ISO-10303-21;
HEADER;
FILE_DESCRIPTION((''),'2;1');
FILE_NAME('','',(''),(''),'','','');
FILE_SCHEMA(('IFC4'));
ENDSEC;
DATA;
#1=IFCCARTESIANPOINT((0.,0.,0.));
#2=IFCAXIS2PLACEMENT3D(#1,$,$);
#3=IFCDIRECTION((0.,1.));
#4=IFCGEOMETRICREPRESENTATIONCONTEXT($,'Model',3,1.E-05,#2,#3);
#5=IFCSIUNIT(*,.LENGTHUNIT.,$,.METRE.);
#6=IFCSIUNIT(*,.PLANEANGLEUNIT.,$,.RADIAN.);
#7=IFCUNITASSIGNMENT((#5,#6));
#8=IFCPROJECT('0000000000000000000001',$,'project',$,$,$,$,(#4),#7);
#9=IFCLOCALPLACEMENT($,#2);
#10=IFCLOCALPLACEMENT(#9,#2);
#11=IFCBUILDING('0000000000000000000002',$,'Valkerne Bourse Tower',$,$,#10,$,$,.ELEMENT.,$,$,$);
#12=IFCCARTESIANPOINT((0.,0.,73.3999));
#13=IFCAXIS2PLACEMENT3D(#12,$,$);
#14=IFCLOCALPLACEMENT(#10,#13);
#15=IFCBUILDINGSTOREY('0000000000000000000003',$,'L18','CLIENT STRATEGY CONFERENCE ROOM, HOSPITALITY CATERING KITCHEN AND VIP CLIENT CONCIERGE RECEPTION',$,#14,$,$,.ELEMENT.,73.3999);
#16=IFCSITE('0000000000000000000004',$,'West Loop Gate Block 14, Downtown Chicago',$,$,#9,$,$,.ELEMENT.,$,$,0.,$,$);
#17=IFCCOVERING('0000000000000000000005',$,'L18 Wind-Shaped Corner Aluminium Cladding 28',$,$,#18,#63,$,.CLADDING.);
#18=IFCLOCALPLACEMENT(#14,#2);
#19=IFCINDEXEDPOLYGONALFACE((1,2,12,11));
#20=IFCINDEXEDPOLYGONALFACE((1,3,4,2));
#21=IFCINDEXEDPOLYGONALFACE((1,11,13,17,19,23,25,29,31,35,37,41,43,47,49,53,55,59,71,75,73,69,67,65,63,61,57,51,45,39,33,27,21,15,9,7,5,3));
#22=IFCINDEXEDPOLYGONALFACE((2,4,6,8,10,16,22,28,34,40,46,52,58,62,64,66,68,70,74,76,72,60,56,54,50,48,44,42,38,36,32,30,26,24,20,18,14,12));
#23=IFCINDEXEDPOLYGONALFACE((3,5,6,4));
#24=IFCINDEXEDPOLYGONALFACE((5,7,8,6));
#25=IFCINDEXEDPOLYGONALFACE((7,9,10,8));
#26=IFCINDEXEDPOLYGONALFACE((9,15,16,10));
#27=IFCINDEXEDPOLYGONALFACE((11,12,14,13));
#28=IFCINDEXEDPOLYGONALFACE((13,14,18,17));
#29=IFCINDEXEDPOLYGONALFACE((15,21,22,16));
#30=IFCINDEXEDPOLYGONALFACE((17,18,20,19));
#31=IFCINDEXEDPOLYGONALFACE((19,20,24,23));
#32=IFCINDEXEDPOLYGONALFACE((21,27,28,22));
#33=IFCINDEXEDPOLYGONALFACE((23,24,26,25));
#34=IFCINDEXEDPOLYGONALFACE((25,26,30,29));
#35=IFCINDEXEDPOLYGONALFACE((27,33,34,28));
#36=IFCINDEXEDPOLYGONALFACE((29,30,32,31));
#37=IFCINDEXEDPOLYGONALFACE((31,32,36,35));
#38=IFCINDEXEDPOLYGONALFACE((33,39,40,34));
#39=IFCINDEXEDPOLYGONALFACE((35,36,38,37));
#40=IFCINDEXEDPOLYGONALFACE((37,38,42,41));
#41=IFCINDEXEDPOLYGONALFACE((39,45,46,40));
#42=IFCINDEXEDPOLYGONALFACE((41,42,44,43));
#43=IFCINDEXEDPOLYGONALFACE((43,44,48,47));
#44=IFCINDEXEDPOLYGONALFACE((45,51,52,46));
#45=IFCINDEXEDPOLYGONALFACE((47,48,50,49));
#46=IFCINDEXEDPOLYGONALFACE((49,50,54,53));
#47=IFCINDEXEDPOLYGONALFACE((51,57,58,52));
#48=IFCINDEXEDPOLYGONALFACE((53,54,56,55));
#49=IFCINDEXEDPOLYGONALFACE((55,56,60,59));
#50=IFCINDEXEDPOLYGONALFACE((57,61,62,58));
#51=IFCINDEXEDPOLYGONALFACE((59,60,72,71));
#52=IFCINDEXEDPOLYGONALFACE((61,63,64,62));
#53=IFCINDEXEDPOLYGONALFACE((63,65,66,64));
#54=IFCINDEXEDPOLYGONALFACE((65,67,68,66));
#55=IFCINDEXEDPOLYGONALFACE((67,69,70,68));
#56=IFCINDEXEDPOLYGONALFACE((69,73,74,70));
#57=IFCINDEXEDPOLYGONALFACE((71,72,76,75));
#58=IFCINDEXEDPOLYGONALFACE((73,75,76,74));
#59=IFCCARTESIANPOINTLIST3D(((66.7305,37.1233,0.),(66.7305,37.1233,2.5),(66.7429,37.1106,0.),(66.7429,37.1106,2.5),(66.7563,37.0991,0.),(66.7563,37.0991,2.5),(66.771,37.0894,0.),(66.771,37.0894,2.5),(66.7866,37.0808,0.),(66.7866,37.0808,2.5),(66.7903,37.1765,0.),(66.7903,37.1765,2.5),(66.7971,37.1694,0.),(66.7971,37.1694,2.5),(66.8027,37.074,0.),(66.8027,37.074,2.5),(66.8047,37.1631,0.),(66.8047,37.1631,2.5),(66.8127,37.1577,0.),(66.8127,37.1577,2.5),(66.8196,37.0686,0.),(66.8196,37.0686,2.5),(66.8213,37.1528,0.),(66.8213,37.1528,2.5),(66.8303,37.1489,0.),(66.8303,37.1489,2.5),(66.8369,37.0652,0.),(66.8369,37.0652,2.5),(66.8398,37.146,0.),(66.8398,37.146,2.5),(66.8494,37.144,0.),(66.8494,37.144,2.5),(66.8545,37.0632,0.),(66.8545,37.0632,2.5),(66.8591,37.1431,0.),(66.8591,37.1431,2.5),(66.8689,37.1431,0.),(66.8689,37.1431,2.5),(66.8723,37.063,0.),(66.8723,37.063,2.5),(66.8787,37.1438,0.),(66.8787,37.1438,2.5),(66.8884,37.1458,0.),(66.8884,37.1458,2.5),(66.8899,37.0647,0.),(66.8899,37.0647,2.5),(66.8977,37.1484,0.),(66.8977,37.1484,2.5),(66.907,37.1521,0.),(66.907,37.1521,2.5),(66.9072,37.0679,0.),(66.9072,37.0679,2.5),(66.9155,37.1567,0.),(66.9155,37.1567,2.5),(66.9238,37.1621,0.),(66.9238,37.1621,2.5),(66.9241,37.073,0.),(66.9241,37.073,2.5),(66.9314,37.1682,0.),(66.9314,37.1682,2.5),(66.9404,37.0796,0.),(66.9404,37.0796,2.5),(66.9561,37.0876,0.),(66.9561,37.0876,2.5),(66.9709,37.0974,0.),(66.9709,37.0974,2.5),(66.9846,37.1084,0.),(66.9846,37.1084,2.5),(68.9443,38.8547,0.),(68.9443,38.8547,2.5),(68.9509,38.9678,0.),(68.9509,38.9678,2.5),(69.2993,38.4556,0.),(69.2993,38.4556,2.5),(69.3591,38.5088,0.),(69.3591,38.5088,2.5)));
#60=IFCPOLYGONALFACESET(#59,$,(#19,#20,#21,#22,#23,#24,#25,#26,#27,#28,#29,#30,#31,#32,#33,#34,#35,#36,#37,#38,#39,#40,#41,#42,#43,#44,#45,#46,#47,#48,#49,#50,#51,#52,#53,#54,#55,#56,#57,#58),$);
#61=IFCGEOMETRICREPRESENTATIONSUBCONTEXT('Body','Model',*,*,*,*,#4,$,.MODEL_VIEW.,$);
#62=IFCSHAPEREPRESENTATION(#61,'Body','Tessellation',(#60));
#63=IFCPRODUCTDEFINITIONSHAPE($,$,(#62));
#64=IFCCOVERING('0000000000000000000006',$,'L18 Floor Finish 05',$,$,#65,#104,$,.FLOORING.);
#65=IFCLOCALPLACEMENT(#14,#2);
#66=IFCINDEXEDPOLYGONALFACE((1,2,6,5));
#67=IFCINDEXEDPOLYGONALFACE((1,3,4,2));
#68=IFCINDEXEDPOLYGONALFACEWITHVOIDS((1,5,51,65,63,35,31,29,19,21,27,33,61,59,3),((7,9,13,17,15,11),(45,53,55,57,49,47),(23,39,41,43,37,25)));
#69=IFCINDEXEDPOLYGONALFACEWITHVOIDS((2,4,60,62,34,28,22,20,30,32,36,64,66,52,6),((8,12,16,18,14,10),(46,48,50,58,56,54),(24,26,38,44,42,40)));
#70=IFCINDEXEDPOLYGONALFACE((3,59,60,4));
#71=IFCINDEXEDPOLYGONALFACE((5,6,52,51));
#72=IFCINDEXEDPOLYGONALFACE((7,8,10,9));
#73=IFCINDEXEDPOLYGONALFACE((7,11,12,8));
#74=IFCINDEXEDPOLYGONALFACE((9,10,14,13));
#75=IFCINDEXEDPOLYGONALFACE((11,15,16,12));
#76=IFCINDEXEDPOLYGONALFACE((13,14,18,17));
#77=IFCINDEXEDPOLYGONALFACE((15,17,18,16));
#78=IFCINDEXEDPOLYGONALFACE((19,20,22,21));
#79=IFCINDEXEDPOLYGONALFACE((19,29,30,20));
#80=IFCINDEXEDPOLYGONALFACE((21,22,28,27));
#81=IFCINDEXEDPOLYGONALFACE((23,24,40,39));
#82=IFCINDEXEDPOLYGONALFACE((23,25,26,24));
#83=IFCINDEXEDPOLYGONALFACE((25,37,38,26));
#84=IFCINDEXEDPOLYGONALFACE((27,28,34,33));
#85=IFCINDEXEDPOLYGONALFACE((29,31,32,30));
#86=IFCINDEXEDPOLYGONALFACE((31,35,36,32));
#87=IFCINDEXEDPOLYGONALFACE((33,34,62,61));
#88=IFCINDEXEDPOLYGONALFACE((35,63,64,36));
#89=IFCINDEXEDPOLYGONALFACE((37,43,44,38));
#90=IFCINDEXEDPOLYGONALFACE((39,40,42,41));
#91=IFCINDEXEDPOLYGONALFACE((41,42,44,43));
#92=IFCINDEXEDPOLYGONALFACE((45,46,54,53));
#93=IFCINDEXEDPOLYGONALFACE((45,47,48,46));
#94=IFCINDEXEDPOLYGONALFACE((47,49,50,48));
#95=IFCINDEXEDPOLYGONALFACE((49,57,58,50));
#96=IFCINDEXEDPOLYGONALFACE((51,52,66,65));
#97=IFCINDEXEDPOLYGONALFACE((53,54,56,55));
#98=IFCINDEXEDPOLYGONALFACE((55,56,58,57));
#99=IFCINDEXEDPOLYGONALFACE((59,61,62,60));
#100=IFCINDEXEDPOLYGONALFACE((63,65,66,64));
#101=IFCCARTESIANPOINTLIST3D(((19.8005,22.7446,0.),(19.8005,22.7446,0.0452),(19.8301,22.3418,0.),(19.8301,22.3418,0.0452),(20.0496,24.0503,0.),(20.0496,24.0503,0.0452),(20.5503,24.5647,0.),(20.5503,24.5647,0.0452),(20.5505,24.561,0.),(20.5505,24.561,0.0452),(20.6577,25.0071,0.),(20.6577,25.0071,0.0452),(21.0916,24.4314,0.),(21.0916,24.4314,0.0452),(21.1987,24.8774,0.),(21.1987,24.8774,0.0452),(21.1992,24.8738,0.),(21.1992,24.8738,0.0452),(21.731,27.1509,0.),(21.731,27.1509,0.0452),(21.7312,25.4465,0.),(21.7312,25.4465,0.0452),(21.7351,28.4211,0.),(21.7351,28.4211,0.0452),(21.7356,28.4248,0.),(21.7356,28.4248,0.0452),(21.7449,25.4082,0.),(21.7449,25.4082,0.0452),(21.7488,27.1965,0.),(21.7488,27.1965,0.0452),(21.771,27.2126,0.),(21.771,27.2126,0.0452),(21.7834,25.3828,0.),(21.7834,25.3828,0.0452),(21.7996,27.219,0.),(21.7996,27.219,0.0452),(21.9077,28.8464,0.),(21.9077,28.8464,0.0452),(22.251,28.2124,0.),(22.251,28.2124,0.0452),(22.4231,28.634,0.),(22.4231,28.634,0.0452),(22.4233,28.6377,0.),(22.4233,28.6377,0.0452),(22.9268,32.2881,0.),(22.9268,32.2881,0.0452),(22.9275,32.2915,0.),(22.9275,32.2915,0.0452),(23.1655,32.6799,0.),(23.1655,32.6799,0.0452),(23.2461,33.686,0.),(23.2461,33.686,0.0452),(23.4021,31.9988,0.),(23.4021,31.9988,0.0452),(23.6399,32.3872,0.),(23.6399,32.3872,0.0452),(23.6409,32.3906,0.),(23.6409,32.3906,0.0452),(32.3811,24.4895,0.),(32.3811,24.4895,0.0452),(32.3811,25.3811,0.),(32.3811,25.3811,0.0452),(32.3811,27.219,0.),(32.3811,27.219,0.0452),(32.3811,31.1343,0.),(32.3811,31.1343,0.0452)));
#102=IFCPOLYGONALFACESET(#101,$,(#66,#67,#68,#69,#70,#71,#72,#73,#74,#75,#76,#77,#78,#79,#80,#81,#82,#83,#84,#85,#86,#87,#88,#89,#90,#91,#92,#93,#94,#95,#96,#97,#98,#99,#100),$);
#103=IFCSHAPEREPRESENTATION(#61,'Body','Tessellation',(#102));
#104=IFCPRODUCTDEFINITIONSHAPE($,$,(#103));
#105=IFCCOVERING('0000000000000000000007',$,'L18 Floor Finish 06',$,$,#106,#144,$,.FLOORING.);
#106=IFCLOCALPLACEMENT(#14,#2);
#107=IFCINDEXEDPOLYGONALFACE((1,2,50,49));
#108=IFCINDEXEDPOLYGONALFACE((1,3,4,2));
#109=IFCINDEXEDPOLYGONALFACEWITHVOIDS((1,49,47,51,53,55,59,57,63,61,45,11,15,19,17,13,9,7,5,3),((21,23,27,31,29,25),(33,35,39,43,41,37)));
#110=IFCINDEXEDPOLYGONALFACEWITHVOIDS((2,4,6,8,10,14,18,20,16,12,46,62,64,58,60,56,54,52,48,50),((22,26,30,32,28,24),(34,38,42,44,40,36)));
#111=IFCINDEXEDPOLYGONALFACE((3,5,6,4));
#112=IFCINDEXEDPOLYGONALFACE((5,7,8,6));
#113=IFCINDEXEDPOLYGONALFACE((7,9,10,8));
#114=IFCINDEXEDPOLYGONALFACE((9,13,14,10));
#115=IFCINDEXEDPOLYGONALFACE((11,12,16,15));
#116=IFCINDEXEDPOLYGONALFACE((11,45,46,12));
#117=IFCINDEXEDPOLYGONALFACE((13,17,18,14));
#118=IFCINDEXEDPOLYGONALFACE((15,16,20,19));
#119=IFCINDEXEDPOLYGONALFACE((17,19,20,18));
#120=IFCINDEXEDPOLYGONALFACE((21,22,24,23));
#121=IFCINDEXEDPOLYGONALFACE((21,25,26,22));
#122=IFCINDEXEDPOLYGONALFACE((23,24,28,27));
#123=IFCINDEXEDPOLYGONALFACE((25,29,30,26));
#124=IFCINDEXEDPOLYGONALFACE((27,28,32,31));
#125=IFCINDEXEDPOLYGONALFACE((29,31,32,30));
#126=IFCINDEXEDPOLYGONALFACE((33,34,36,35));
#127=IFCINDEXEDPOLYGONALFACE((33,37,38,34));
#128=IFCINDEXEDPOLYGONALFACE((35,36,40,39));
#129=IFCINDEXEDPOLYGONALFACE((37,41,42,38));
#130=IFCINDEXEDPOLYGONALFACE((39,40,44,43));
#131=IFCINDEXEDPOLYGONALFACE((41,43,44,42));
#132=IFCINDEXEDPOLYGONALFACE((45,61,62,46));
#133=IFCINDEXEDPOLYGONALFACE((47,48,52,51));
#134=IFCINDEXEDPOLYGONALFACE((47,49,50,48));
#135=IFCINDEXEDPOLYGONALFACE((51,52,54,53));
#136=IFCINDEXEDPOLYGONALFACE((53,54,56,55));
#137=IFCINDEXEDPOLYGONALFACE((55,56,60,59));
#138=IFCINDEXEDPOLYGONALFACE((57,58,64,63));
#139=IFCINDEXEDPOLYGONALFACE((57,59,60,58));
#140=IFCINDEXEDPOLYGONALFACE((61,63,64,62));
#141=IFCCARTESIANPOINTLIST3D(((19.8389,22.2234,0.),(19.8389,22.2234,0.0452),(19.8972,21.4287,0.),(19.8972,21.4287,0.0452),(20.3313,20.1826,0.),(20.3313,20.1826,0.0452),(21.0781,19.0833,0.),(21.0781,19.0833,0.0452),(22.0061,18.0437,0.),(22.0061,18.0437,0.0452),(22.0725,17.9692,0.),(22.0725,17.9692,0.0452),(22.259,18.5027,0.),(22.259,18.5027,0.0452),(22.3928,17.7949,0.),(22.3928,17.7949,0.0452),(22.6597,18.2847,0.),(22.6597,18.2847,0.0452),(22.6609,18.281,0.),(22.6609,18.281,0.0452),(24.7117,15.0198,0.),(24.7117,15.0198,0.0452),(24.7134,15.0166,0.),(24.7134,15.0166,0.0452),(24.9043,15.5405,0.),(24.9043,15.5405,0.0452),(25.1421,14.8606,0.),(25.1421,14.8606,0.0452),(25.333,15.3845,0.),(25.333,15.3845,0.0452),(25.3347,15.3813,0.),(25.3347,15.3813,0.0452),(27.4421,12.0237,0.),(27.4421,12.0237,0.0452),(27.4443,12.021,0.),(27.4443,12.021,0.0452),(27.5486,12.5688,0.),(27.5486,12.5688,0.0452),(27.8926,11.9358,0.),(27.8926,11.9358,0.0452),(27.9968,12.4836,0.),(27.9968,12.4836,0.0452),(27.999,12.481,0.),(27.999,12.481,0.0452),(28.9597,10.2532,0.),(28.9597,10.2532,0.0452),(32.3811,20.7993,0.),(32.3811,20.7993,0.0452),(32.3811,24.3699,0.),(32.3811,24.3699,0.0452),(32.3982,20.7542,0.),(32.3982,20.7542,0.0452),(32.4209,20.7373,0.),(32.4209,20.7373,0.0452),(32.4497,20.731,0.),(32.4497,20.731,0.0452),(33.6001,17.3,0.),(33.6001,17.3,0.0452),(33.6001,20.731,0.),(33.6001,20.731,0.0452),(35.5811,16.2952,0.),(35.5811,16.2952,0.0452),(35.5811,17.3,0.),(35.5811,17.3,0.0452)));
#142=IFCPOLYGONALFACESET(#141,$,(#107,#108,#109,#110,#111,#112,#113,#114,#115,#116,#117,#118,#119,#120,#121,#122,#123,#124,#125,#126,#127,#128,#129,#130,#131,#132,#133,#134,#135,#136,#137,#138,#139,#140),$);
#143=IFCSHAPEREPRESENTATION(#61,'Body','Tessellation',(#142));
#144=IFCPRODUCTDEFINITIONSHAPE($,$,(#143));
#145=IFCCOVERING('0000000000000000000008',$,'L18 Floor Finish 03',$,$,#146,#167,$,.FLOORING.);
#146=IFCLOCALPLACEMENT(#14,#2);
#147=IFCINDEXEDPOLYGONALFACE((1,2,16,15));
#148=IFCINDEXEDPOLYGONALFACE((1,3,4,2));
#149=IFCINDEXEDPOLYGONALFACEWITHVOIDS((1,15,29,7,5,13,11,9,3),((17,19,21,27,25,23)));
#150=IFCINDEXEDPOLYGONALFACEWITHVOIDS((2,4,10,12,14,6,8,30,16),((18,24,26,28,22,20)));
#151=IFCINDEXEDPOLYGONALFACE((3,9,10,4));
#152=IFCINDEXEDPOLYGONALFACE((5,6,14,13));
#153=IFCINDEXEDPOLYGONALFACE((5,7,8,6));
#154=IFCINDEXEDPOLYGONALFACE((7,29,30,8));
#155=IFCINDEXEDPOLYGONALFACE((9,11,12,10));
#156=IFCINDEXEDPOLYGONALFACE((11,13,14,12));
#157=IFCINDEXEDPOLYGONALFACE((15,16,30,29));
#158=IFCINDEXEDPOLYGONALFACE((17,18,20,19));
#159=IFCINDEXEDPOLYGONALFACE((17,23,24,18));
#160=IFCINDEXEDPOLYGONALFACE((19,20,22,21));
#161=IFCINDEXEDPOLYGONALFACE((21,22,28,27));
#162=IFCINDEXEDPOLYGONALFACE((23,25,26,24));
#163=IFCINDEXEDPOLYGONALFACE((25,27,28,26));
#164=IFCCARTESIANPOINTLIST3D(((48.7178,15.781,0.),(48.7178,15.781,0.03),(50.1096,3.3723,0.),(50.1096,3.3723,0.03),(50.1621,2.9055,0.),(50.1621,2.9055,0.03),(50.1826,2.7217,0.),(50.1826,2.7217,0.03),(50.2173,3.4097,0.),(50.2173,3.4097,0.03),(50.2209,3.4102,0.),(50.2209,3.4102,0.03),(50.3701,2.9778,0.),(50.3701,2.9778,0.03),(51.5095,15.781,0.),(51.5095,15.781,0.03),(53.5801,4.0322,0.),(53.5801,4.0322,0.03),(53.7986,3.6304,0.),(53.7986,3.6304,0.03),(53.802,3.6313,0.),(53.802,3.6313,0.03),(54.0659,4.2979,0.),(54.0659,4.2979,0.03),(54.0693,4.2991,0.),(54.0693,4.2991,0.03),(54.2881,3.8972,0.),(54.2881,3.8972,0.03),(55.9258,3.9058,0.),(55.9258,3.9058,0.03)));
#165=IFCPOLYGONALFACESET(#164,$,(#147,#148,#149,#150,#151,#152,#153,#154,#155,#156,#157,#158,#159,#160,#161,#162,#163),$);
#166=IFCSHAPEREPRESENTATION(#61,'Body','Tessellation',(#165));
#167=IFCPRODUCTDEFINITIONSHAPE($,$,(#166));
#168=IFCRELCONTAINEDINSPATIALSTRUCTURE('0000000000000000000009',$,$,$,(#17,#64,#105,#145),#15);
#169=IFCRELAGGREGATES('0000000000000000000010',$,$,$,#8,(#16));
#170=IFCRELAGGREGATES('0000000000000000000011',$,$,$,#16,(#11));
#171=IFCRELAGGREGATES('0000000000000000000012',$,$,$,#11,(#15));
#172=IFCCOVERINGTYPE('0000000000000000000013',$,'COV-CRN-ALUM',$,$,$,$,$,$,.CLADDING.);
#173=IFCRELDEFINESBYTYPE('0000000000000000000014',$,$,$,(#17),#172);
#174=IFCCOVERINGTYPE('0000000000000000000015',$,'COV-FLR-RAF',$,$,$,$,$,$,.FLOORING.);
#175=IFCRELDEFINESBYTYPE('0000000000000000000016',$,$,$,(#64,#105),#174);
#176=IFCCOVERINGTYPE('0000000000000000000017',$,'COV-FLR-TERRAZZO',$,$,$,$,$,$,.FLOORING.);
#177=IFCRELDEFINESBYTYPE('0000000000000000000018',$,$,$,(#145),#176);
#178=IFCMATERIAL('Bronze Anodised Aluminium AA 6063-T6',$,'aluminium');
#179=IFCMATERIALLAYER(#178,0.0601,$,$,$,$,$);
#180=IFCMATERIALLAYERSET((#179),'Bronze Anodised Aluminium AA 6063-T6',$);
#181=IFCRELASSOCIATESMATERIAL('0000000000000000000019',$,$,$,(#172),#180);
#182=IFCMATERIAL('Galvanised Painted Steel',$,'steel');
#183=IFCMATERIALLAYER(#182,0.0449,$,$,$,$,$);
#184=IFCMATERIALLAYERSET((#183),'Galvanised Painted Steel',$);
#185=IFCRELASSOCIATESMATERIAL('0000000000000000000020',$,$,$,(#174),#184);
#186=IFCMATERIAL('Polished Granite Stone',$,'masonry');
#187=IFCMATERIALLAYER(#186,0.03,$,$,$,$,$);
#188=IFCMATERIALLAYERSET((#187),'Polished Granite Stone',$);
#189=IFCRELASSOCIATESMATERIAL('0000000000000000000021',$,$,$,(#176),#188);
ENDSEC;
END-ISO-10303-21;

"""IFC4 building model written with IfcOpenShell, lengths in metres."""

from ifc_helpers import new_model, si_unit, direction, frame, origin, place, context, subcontext, project, spatial, polyline, outline, extrude, material, layer, layer_set, type_object, element, save


model = new_model("IFC4")

# Units and contexts
model_context = context("Model", 3, precision=1e-05, world=origin(), true_north=direction((0.0, 1.0)))
body_context = subcontext(model_context, "Body", "Model", "MODEL_VIEW")
ifc_project = project(units=[si_unit("LENGTHUNIT", "METRE"), si_unit("PLANEANGLEUNIT", "RADIAN")], contexts=[model_context])

# Site, building, storey
site_placement = place(None, origin())
site = spatial("IfcSite", under=ifc_project, at=site_placement, Name="West Loop Gate Block 14, Downtown Chicago", CompositionType="ELEMENT", RefElevation=0.0)
building_placement = place(site_placement, origin())
building = spatial("IfcBuilding", under=site, at=building_placement, Name="Valkerne Bourse Tower", CompositionType="ELEMENT")
storey_placement = place(building_placement, frame((0.0, 0.0, 73.3999)))
storey = spatial("IfcBuildingStorey", under=building, at=storey_placement, Name="L18", Description="CLIENT STRATEGY CONFERENCE ROOM, HOSPITALITY CATERING KITCHEN AND VIP CLIENT CONCIERGE RECEPTION", CompositionType="ELEMENT", Elevation=73.3999)

# Coverings
ifc_material_1 = material(Name="Bronze Anodised Aluminium AA 6063-T6", Category="aluminium")
ifc_layer_1 = layer(ifc_material_1, 0.0601)
ifc_layer_set_1 = layer_set([ifc_layer_1], Name="Bronze Anodised Aluminium AA 6063-T6")
covering_type_1 = type_object("IfcCoveringType", Name="COV-CRN-ALUM", PredefinedType="CLADDING", material=ifc_layer_set_1)
covering_1_placement = place(storey_placement, origin())
element("IfcCovering", 1, at=covering_1_placement, inside=storey, type_object=covering_type_1, Name="L18 Wind-Shaped Corner Aluminium Cladding 28", PredefinedType="CLADDING", context=body_context, shape_type="SweptSolid", body=[
    extrude(outline(polyline([(66.7971, 37.1694), (66.8047, 37.1631), (66.8127, 37.1577), (66.8213, 37.1528), (66.8303, 37.1489), (66.8398, 37.146), (66.8494, 37.144), (66.8591, 37.1431), (66.8689, 37.1431), (66.8787, 37.1438), (66.8884, 37.1458), (66.8977, 37.1484), (66.907, 37.1521), (66.9155, 37.1567), (66.9238, 37.1621), (66.9314, 37.1682), (68.9509, 38.9678), (69.3591, 38.5088), (69.2993, 38.4556), (68.9443, 38.8547), (66.9846, 37.1084), (66.9709, 37.0974), (66.9561, 37.0876), (66.9404, 37.0796), (66.9241, 37.073), (66.9072, 37.0679), (66.8899, 37.0647), (66.8723, 37.063), (66.8545, 37.0632), (66.8369, 37.0652), (66.8196, 37.0686), (66.8027, 37.074), (66.7866, 37.0808), (66.771, 37.0894), (66.7563, 37.0991), (66.7429, 37.1106), (66.7305, 37.1233), (66.7903, 37.1765), (66.7971, 37.1694)])), origin(), (0.0, 0.0, 1.0), 2.5),
])
ifc_material_2 = material(Name="Galvanised Painted Steel", Category="steel")
ifc_layer_2 = layer(ifc_material_2, 0.0449)
ifc_layer_set_2 = layer_set([ifc_layer_2], Name="Galvanised Painted Steel")
covering_type_2 = type_object("IfcCoveringType", Name="COV-FLR-RAF", PredefinedType="FLOORING", material=ifc_layer_set_2)
covering_2_placement = place(storey_placement, origin())
element("IfcCovering", 2, at=covering_2_placement, inside=storey, type_object=covering_type_2, Name="L18 Floor Finish 05", PredefinedType="FLOORING", context=body_context, shape_type="SweptSolid", body=[
    extrude(outline(polyline([(23.2461, 33.686), (32.3811, 31.1343), (32.3811, 27.219), (21.7996, 27.219), (21.771, 27.2126), (21.7488, 27.1965), (21.731, 27.1509), (21.7312, 25.4465), (21.7449, 25.4082), (21.7834, 25.3828), (32.3811, 25.3811), (32.3811, 24.4895), (19.8301, 22.3418), (19.8005, 22.7446), (20.0496, 24.0503), (23.2461, 33.686)]), holes=[polyline([(21.1992, 24.8738), (21.1987, 24.8774), (20.6577, 25.0071), (20.5503, 24.5647), (20.5505, 24.561), (21.0916, 24.4314), (21.1992, 24.8738)]), polyline([(22.4233, 28.6377), (21.9077, 28.8464), (21.7356, 28.4248), (21.7351, 28.4211), (22.251, 28.2124), (22.4231, 28.634), (22.4233, 28.6377)]), polyline([(23.6399, 32.3872), (23.6409, 32.3906), (23.1655, 32.6799), (22.9275, 32.2915), (22.9268, 32.2881), (23.4021, 31.9988), (23.6399, 32.3872)])]), origin(), (0.0, 0.0, 1.0), 0.0452),
])
covering_3_placement = place(storey_placement, origin())
element("IfcCovering", 3, at=covering_3_placement, inside=storey, type_object=covering_type_2, Name="L18 Floor Finish 06", PredefinedType="FLOORING", context=body_context, shape_type="SweptSolid", body=[
    extrude(outline(polyline([(19.8972, 21.4287), (19.8389, 22.2234), (32.3811, 24.3699), (32.3811, 20.7993), (32.3982, 20.7542), (32.4209, 20.7373), (32.4497, 20.731), (33.6001, 20.731), (33.6001, 17.3), (35.5811, 17.3), (35.5811, 16.2952), (28.9597, 10.2532), (22.0725, 17.9692), (22.3928, 17.7949), (22.6609, 18.281), (22.6597, 18.2847), (22.259, 18.5027), (22.0061, 18.0437), (21.0781, 19.0833), (20.3313, 20.1826), (19.8972, 21.4287)]), holes=[polyline([(27.999, 12.481), (27.9968, 12.4836), (27.5486, 12.5688), (27.4421, 12.0237), (27.4443, 12.021), (27.8926, 11.9358), (27.999, 12.481)]), polyline([(25.3347, 15.3813), (25.333, 15.3845), (24.9043, 15.5405), (24.7117, 15.0198), (24.7134, 15.0166), (25.1421, 14.8606), (25.3347, 15.3813)])]), origin(), (0.0, 0.0, 1.0), 0.0452),
])
ifc_material_3 = material(Name="Polished Granite Stone", Category="masonry")
ifc_layer_3 = layer(ifc_material_3, 0.03)
ifc_layer_set_3 = layer_set([ifc_layer_3], Name="Polished Granite Stone")
covering_type_3 = type_object("IfcCoveringType", Name="COV-FLR-TERRAZZO", PredefinedType="FLOORING", material=ifc_layer_set_3)
covering_4_placement = place(storey_placement, origin())
element("IfcCovering", 4, at=covering_4_placement, inside=storey, type_object=covering_type_3, Name="L18 Floor Finish 03", PredefinedType="FLOORING", context=body_context, shape_type="SweptSolid", body=[
    extrude(outline(polyline([(51.5095, 15.781), (55.9258, 3.9058), (50.1826, 2.7217), (50.1621, 2.9055), (50.3701, 2.9778), (50.2209, 3.4102), (50.2173, 3.4097), (50.1096, 3.3723), (48.7178, 15.781), (51.5095, 15.781)]), holes=[polyline([(54.2881, 3.8972), (54.0693, 4.2991), (54.0659, 4.2979), (53.5801, 4.0322), (53.7986, 3.6304), (53.802, 3.6313), (54.2881, 3.8972)])]), origin(), (0.0, 0.0, 1.0), 0.03),
])

save(model, "model.ifc")
